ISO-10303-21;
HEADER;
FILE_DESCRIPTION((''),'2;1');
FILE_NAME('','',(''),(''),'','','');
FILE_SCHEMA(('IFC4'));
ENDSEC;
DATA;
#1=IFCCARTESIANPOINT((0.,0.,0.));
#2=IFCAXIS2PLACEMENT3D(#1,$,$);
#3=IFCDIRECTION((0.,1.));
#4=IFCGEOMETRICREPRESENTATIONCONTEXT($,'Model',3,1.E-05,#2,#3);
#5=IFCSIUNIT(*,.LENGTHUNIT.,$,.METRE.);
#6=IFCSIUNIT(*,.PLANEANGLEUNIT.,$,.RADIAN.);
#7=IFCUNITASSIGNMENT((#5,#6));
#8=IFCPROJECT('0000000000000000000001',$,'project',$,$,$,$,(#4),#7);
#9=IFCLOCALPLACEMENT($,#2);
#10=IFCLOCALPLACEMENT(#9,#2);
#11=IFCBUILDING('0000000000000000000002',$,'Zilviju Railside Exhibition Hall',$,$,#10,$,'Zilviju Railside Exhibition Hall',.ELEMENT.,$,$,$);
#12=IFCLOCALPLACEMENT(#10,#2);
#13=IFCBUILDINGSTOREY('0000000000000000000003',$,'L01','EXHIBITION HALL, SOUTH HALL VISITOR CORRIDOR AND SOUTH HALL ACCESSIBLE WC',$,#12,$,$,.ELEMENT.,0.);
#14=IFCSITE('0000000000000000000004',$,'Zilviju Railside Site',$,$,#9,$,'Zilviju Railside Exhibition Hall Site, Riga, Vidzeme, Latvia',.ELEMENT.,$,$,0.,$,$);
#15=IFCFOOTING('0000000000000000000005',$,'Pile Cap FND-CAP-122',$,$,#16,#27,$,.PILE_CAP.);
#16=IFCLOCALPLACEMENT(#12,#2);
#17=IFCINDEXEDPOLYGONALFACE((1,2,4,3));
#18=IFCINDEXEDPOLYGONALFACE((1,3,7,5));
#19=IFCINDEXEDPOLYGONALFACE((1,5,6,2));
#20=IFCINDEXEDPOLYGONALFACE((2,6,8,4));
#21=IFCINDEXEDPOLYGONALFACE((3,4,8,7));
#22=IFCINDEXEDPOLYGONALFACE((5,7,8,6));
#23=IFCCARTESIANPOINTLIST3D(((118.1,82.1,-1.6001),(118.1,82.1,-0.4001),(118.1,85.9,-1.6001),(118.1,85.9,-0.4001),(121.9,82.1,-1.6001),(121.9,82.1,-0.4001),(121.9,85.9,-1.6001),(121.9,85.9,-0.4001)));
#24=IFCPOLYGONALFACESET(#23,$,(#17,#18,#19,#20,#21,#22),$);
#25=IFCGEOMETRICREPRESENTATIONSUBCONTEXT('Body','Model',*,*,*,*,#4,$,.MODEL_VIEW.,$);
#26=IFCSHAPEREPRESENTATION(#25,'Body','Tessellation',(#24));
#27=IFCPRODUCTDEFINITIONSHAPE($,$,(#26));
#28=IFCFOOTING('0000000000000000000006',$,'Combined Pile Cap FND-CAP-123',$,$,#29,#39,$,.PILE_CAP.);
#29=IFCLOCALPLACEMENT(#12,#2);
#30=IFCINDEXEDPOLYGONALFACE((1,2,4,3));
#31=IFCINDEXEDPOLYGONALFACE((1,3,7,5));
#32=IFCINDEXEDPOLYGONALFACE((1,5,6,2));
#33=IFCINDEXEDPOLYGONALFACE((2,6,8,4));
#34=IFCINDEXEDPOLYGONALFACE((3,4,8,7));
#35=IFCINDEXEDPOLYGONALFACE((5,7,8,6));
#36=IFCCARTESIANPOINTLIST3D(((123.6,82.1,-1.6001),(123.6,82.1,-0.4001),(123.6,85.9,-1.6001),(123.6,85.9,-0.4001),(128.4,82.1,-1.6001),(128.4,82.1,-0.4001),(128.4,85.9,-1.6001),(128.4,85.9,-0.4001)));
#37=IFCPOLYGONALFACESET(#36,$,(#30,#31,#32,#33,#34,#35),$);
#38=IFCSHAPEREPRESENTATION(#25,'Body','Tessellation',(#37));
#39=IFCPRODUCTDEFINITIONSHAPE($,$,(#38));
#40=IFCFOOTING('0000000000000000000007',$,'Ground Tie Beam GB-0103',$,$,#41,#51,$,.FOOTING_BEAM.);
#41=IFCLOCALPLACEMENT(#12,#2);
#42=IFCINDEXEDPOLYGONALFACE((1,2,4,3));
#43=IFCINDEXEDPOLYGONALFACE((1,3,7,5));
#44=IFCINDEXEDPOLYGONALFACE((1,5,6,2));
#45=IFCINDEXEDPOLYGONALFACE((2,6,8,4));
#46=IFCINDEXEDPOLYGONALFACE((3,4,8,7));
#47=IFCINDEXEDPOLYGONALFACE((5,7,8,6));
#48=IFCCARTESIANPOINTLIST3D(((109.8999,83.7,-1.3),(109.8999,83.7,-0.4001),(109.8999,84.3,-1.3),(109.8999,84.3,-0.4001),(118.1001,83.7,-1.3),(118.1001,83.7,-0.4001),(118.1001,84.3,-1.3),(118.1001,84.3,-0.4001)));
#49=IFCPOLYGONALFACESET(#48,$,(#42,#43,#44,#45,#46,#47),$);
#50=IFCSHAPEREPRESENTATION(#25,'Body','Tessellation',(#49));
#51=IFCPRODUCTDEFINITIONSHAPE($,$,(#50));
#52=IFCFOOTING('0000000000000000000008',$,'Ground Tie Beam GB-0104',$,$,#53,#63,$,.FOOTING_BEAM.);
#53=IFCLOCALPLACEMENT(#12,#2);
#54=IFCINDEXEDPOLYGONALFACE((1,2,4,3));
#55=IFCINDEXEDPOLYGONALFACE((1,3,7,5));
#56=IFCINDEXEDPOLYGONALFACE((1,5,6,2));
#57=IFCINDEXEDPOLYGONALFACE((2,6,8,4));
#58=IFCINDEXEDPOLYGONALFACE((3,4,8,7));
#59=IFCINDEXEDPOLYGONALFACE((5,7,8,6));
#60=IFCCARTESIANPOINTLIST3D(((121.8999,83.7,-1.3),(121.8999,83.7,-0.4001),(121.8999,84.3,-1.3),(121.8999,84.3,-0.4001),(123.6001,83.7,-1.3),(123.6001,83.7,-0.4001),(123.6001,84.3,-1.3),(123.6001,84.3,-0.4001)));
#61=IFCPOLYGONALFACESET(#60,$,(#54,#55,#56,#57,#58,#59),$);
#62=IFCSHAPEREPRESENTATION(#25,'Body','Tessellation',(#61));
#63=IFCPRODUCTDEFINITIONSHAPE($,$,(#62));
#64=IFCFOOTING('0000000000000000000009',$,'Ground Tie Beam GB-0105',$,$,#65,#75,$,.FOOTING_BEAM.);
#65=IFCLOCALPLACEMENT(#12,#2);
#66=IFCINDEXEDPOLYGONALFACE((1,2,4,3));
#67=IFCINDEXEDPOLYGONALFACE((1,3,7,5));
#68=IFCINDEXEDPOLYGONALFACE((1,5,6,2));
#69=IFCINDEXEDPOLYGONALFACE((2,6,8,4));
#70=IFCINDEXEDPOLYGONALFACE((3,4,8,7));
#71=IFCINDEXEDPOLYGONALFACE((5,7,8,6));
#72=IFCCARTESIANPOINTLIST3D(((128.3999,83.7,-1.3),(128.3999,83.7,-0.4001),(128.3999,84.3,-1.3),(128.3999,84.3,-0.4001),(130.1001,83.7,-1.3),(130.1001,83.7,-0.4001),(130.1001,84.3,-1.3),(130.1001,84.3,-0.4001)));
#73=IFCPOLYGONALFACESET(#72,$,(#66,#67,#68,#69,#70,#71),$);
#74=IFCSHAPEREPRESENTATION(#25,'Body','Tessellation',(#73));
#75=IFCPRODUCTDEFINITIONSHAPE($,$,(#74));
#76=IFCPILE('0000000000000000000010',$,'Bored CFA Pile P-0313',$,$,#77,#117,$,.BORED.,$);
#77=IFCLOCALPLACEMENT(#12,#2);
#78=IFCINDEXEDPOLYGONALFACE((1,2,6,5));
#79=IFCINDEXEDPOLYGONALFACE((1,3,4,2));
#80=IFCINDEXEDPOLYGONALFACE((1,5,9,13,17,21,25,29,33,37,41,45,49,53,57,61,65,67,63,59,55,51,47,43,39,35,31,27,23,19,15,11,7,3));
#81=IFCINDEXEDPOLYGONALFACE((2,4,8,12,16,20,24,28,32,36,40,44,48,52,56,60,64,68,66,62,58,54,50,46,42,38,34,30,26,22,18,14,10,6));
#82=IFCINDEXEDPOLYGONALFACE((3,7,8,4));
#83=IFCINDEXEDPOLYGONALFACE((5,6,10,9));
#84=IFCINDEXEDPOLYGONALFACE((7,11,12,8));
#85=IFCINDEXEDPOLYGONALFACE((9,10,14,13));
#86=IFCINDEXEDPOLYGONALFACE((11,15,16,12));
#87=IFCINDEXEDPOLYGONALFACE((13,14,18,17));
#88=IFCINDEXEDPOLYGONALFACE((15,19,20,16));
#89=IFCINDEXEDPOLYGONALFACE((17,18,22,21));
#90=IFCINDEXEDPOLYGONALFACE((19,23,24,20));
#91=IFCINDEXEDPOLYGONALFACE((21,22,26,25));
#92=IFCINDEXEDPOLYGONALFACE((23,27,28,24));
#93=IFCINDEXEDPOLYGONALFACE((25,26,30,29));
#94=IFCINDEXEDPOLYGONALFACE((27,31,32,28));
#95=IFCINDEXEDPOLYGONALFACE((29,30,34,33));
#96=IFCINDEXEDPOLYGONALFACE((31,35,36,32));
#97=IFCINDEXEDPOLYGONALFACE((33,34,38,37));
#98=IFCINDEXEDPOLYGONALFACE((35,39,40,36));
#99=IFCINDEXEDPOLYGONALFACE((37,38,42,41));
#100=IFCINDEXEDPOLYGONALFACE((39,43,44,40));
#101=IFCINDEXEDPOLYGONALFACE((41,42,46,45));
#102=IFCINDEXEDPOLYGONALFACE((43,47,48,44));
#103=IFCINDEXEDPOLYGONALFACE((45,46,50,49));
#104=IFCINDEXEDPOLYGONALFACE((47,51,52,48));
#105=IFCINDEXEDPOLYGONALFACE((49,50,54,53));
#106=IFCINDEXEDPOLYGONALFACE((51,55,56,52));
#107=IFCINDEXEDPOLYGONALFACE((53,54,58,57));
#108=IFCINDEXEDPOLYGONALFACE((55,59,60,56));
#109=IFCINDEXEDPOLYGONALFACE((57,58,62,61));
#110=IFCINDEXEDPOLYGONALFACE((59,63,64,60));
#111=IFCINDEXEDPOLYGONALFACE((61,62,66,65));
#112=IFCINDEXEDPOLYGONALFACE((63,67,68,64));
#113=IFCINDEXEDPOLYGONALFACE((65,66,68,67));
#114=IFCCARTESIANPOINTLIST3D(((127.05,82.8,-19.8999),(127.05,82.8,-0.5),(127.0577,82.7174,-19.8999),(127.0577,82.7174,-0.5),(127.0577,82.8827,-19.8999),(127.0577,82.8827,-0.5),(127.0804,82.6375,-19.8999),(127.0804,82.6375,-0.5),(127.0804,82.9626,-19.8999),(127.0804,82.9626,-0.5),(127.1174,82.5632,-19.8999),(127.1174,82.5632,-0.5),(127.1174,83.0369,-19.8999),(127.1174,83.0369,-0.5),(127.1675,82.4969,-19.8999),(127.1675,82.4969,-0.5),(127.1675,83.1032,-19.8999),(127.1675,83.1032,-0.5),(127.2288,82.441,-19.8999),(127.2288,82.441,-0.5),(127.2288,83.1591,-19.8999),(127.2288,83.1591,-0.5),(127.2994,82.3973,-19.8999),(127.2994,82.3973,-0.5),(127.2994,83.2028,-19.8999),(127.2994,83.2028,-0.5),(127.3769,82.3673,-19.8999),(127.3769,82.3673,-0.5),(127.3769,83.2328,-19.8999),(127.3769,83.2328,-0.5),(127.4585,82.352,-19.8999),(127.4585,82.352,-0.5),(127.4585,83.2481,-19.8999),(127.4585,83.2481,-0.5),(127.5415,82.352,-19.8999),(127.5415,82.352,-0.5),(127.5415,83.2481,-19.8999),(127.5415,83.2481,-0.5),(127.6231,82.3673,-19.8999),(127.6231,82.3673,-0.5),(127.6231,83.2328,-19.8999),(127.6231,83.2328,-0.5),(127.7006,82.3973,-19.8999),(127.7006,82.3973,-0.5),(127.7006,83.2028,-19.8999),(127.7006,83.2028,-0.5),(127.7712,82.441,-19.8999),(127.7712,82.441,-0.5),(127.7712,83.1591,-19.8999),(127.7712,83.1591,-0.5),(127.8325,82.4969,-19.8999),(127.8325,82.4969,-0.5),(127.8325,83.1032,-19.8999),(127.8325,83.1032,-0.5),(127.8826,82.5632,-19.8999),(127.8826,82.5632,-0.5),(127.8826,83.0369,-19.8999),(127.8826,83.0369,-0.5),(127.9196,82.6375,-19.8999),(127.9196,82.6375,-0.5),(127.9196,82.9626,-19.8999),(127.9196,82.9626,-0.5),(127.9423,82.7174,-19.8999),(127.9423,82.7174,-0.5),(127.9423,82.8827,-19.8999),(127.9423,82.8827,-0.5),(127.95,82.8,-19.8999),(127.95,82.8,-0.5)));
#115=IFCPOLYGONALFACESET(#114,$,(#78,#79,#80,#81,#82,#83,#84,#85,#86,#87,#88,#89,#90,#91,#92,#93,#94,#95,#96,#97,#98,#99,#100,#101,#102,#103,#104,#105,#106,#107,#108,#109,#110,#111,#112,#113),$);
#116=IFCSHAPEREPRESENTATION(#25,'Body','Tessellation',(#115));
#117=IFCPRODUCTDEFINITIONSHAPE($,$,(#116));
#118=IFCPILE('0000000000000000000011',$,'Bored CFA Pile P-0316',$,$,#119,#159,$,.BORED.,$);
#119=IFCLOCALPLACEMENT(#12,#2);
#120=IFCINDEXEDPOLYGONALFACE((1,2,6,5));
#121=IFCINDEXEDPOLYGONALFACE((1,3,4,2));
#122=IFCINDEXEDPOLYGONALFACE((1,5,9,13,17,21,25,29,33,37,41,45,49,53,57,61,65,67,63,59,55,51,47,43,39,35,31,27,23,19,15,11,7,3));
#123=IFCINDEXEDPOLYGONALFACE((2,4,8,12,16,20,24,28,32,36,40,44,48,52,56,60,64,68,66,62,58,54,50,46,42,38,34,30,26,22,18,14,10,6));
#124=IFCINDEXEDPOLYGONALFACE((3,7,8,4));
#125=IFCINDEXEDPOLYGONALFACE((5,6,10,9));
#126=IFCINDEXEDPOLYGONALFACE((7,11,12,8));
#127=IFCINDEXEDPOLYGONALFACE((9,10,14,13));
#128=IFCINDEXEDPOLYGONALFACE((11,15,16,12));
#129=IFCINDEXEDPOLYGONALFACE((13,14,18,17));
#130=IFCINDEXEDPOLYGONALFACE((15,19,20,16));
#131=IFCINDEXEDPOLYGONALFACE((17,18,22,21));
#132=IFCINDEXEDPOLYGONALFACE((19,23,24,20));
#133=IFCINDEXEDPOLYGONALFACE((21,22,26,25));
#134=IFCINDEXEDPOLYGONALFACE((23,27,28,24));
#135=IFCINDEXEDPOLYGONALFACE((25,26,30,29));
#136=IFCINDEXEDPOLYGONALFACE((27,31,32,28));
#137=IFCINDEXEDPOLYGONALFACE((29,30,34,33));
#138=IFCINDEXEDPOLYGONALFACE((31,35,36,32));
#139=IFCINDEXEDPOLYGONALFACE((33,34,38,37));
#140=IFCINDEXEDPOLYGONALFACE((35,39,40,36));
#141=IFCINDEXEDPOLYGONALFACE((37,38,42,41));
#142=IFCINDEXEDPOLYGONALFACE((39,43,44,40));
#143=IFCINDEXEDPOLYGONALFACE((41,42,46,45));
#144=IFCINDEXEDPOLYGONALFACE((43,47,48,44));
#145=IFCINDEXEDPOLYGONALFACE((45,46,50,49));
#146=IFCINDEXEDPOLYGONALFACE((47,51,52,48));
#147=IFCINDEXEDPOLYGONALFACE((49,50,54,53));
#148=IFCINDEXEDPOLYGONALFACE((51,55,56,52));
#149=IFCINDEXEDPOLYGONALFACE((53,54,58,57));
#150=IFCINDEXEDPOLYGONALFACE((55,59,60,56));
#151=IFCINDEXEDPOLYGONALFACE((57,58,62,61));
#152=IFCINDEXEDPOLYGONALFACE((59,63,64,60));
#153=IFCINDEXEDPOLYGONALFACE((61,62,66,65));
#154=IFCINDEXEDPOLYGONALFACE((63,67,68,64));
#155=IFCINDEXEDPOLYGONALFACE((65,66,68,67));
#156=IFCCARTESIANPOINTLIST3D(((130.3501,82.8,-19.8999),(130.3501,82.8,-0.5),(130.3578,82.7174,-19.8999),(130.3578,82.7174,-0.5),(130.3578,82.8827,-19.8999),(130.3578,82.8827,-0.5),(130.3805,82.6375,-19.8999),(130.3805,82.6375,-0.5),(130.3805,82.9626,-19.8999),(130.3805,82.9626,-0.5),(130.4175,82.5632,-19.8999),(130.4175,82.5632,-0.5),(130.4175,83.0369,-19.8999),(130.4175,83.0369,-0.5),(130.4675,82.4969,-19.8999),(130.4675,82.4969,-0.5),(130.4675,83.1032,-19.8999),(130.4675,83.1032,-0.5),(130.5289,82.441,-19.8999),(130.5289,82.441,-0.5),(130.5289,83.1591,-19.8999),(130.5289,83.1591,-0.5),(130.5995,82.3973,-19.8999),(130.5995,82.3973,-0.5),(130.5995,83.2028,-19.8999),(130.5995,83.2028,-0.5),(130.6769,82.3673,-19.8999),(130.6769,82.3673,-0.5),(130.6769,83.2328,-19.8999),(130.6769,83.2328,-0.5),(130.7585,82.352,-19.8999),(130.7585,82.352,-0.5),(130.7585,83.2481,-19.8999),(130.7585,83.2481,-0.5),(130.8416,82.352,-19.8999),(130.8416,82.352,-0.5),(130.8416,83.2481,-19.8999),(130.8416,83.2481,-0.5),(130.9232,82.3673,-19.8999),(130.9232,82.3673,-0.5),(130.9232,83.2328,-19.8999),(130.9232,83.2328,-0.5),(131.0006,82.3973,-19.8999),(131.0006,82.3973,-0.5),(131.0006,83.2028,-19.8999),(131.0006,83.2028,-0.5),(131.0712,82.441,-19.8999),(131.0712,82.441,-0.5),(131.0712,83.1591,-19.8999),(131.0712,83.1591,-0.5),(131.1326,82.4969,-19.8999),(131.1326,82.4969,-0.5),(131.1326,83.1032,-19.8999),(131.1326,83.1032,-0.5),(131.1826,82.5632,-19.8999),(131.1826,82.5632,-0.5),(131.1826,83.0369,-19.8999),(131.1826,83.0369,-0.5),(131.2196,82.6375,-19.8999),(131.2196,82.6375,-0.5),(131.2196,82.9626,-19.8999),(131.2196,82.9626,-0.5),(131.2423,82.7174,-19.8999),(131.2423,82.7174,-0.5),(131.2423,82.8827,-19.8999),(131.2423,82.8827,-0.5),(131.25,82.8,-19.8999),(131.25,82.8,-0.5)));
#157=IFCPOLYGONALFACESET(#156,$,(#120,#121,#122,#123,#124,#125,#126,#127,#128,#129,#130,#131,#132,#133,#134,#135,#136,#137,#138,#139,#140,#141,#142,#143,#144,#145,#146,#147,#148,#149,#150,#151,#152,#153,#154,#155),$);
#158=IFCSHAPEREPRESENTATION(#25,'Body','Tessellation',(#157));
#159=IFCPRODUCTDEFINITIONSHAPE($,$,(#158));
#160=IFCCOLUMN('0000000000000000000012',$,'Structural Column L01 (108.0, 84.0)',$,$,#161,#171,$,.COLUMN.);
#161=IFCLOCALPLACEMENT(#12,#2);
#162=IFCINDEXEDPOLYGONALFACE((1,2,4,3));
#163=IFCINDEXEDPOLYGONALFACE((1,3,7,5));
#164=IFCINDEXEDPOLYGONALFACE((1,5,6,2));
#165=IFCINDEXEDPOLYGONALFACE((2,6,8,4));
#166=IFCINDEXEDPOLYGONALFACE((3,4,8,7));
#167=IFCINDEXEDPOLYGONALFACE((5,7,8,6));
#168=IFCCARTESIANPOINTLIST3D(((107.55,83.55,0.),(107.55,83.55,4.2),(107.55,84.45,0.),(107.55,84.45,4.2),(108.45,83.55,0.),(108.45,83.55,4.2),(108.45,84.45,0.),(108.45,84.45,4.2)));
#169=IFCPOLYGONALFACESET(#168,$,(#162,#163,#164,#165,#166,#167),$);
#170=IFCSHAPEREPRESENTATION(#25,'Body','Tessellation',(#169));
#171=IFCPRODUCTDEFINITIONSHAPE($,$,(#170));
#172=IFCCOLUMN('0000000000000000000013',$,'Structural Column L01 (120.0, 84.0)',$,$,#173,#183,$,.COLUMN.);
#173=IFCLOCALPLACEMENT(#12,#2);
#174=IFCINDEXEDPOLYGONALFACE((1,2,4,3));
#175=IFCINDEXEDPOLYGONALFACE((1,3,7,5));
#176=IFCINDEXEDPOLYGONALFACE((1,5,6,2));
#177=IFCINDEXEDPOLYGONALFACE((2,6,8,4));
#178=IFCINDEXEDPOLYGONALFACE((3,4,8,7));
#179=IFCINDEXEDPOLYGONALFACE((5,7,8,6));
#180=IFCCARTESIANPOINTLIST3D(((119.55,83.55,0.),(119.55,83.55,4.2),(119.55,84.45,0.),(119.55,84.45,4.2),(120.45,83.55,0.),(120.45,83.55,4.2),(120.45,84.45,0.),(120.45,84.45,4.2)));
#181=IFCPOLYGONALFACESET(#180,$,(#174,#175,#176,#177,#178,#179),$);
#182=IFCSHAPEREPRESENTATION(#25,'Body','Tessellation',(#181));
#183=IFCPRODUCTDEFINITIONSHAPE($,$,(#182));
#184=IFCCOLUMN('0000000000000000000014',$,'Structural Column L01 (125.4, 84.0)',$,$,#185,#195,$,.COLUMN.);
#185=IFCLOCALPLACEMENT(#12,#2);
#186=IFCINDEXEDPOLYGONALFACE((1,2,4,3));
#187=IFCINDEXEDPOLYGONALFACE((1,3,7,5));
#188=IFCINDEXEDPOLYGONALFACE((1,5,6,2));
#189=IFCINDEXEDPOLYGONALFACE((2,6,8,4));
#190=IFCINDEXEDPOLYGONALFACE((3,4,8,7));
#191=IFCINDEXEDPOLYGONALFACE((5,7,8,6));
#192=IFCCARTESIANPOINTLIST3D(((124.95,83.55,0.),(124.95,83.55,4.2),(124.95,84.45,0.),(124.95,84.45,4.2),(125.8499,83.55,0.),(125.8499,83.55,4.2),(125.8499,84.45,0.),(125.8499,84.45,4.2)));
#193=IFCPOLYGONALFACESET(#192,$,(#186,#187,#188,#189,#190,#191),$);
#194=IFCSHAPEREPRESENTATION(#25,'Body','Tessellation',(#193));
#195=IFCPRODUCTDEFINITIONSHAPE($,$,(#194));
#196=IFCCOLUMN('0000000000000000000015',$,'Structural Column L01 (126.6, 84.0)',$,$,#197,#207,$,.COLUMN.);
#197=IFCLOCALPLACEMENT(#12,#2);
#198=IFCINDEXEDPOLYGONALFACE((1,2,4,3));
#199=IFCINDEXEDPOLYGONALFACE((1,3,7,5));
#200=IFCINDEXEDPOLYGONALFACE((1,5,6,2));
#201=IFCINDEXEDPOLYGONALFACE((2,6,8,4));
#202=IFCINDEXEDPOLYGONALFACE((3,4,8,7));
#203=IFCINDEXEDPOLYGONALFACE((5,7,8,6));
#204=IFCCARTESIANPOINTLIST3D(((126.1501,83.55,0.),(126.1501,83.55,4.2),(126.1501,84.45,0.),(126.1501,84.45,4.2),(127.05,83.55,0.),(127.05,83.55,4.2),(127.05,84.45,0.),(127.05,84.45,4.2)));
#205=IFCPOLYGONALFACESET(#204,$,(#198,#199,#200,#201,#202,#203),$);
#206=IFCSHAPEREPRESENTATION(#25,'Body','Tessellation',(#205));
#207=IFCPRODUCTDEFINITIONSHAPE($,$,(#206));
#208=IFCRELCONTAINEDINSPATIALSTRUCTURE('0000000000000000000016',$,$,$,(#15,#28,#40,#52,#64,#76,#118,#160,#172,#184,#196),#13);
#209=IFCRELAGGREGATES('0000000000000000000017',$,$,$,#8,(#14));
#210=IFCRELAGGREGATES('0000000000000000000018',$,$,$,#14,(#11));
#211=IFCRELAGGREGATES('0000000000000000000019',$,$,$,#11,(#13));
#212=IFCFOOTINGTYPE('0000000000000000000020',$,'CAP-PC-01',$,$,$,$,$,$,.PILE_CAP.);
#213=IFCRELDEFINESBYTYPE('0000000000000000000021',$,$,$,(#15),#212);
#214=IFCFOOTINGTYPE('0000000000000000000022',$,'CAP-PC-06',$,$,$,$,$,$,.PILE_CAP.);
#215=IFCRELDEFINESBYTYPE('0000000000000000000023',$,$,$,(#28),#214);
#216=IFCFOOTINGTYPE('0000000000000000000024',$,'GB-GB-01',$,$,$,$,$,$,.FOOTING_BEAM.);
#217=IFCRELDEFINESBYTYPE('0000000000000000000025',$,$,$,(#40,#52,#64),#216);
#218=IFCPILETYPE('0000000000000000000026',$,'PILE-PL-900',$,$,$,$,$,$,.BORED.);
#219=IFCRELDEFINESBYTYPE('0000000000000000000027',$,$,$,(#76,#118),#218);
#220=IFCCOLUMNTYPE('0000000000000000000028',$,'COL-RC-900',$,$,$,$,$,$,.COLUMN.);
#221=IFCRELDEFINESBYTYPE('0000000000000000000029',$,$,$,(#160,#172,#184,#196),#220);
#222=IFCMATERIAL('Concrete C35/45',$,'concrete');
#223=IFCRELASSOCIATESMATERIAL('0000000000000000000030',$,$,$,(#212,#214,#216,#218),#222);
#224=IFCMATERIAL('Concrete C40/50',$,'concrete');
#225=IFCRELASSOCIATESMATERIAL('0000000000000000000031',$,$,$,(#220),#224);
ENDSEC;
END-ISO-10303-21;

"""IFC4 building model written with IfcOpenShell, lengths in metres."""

from ifc_helpers import new_model, si_unit, direction, frame, origin, origin_2d, place, context, subcontext, project, spatial, rectangle, circle, extrude, material, material_profile, profile_set, type_object, element, save


model = new_model("IFC4")

# Units and contexts
model_context = context("Model", 3, precision=1e-05, world=origin(), true_north=direction((0.0, 1.0)))
body_context = subcontext(model_context, "Body", "Model", "MODEL_VIEW")
ifc_project = project(units=[si_unit("LENGTHUNIT", "METRE"), si_unit("PLANEANGLEUNIT", "RADIAN")], contexts=[model_context])

# Site, building, storey
site_placement = place(None, origin())
site = spatial("IfcSite", under=ifc_project, at=site_placement, Name="Zilviju Railside Site", LongName="Zilviju Railside Exhibition Hall Site, Riga, Vidzeme, Latvia", CompositionType="ELEMENT", RefElevation=0.0)
building_placement = place(site_placement, origin())
building = spatial("IfcBuilding", under=site, at=building_placement, Name="Zilviju Railside Exhibition Hall", LongName="Zilviju Railside Exhibition Hall", CompositionType="ELEMENT")
storey_placement = place(building_placement, origin())
storey = spatial("IfcBuildingStorey", under=building, at=storey_placement, Name="L01", Description="EXHIBITION HALL, SOUTH HALL VISITOR CORRIDOR AND SOUTH HALL ACCESSIBLE WC", CompositionType="ELEMENT", Elevation=0.0)

# Footings
ifc_material_1 = material(Name="Concrete C35/45", Category="concrete")
footing_type_1 = type_object("IfcFootingType", Name="CAP-PC-01", PredefinedType="PILE_CAP", material=ifc_material_1)
footing_1_placement = place(storey_placement, frame((120.0, 84.0, -1.6001), z_axis=(0.0, 0.0, 1.0), x_axis=(1.0, 0.0, 0.0)))
element("IfcFooting", 1, at=footing_1_placement, inside=storey, type_object=footing_type_1, Name="Pile Cap FND-CAP-122", PredefinedType="PILE_CAP", context=body_context, shape_type="SweptSolid", body=[
    extrude(rectangle(XDim=3.8, YDim=3.8, at=origin_2d()), origin(), (0.0, 0.0, 1.0), 1.2),
])
footing_type_2 = type_object("IfcFootingType", Name="CAP-PC-06", PredefinedType="PILE_CAP", material=ifc_material_1)
footing_2_placement = place(storey_placement, frame((126.0, 84.0, -1.6001), z_axis=(0.0, 0.0, 1.0), x_axis=(1.0, 0.0, 0.0)))
element("IfcFooting", 2, at=footing_2_placement, inside=storey, type_object=footing_type_2, Name="Combined Pile Cap FND-CAP-123", PredefinedType="PILE_CAP", context=body_context, shape_type="SweptSolid", body=[
    extrude(rectangle(XDim=4.8, YDim=3.8, at=origin_2d()), origin(), (0.0, 0.0, 1.0), 1.2),
])
ifc_material_profile_1 = material_profile(ifc_material_1, rectangle(XDim=0.6001, YDim=0.8999, at=origin_2d()), Name="TIE BEAM 600x900")
ifc_profile_set_1 = profile_set([ifc_material_profile_1], Name="Concrete C35/45")
footing_type_3 = type_object("IfcFootingType", Name="GB-GB-01", PredefinedType="FOOTING_BEAM", material=ifc_profile_set_1)
footing_3_placement = place(storey_placement, frame((109.8999, 84.0, -0.8501), z_axis=(1.0, 0.0, 0.0), x_axis=(0.0, 1.0, 0.0)))
element("IfcFooting", 3, at=footing_3_placement, inside=storey, type_object=footing_type_3, Name="Ground Tie Beam GB-0103", PredefinedType="FOOTING_BEAM", context=body_context, shape_type="SweptSolid", body=[
    extrude(rectangle(XDim=0.6001, YDim=0.8999, at=origin_2d()), origin(), (0.0, 0.0, 1.0), 8.2002),
])
for number, where, z_axis, x_axis, name in (
    (4, (121.8999, 84.0, -0.8501), (1.0, 0.0, 0.0), (0.0, 1.0, 0.0), "Ground Tie Beam GB-0104"),
    (5, (128.3999, 84.0, -0.8501), (1.0, 0.0, 0.0), (0.0, 1.0, 0.0), "Ground Tie Beam GB-0105"),
):
    element("IfcFooting", number, at=place(storey_placement, frame(where, z_axis=z_axis, x_axis=x_axis)), inside=storey, type_object=footing_type_3, Name=name, PredefinedType="FOOTING_BEAM", context=body_context, shape_type="SweptSolid", body=[
        extrude(rectangle(XDim=0.6001, YDim=0.8999, at=origin_2d()), origin(), (0.0, 0.0, 1.0), 1.7002),
    ])

# Piles
ifc_material_profile_2 = material_profile(ifc_material_1, circle(Radius=0.45, at=origin_2d()), Name="CFA PILE D900")
ifc_profile_set_2 = profile_set([ifc_material_profile_2], Name="Concrete C35/45")
pile_type = type_object("IfcPileType", Name="PILE-PL-900", PredefinedType="BORED", material=ifc_profile_set_2)
for number, where, z_axis, x_axis, name in (
    (6, (127.5, 82.8, -0.5), (0.0, 0.0, -1.0), (1.0, 0.0, 0.0), "Bored CFA Pile P-0313"),
    (7, (130.8, 82.8, -0.5), (0.0, 0.0, -1.0), (1.0, 0.0, 0.0), "Bored CFA Pile P-0316"),
):
    element("IfcPile", number, at=place(storey_placement, frame(where, z_axis=z_axis, x_axis=x_axis)), inside=storey, type_object=pile_type, Name=name, PredefinedType="BORED", context=body_context, shape_type="SweptSolid", body=[
        extrude(circle(Radius=0.45, at=origin_2d()), origin(), (0.0, 0.0, 1.0), 19.3999),
    ])

# Columns
ifc_material_2 = material(Name="Concrete C40/50", Category="concrete")
ifc_material_profile_3 = material_profile(ifc_material_2, rectangle(XDim=0.8999, YDim=0.8999, at=origin_2d()), Name="RC COL 900x900")
ifc_profile_set_3 = profile_set([ifc_material_profile_3], Name="Concrete C40/50")
column_type = type_object("IfcColumnType", Name="COL-RC-900", PredefinedType="COLUMN", material=ifc_profile_set_3)
for number, where, z_axis, x_axis, name in (
    (8, (108.0, 84.0, 0.0), (0.0, 0.0, 1.0), (1.0, 0.0, 0.0), "Structural Column L01 (108.0, 84.0)"),
    (9, (120.0, 84.0, 0.0), (0.0, 0.0, 1.0), (1.0, 0.0, 0.0), "Structural Column L01 (120.0, 84.0)"),
    (10, (125.3999, 84.0, 0.0), (0.0, 0.0, 1.0), (1.0, 0.0, 0.0), "Structural Column L01 (125.4, 84.0)"),
    (11, (126.6001, 84.0, 0.0), (0.0, 0.0, 1.0), (1.0, 0.0, 0.0), "Structural Column L01 (126.6, 84.0)"),
):
    element("IfcColumn", number, at=place(storey_placement, frame(where, z_axis=z_axis, x_axis=x_axis)), inside=storey, type_object=column_type, Name=name, PredefinedType="COLUMN", context=body_context, shape_type="SweptSolid", body=[
        extrude(rectangle(XDim=0.8999, YDim=0.8999, at=origin_2d()), origin(), (0.0, 0.0, 1.0), 4.2),
    ])

save(model, "model.ifc")
